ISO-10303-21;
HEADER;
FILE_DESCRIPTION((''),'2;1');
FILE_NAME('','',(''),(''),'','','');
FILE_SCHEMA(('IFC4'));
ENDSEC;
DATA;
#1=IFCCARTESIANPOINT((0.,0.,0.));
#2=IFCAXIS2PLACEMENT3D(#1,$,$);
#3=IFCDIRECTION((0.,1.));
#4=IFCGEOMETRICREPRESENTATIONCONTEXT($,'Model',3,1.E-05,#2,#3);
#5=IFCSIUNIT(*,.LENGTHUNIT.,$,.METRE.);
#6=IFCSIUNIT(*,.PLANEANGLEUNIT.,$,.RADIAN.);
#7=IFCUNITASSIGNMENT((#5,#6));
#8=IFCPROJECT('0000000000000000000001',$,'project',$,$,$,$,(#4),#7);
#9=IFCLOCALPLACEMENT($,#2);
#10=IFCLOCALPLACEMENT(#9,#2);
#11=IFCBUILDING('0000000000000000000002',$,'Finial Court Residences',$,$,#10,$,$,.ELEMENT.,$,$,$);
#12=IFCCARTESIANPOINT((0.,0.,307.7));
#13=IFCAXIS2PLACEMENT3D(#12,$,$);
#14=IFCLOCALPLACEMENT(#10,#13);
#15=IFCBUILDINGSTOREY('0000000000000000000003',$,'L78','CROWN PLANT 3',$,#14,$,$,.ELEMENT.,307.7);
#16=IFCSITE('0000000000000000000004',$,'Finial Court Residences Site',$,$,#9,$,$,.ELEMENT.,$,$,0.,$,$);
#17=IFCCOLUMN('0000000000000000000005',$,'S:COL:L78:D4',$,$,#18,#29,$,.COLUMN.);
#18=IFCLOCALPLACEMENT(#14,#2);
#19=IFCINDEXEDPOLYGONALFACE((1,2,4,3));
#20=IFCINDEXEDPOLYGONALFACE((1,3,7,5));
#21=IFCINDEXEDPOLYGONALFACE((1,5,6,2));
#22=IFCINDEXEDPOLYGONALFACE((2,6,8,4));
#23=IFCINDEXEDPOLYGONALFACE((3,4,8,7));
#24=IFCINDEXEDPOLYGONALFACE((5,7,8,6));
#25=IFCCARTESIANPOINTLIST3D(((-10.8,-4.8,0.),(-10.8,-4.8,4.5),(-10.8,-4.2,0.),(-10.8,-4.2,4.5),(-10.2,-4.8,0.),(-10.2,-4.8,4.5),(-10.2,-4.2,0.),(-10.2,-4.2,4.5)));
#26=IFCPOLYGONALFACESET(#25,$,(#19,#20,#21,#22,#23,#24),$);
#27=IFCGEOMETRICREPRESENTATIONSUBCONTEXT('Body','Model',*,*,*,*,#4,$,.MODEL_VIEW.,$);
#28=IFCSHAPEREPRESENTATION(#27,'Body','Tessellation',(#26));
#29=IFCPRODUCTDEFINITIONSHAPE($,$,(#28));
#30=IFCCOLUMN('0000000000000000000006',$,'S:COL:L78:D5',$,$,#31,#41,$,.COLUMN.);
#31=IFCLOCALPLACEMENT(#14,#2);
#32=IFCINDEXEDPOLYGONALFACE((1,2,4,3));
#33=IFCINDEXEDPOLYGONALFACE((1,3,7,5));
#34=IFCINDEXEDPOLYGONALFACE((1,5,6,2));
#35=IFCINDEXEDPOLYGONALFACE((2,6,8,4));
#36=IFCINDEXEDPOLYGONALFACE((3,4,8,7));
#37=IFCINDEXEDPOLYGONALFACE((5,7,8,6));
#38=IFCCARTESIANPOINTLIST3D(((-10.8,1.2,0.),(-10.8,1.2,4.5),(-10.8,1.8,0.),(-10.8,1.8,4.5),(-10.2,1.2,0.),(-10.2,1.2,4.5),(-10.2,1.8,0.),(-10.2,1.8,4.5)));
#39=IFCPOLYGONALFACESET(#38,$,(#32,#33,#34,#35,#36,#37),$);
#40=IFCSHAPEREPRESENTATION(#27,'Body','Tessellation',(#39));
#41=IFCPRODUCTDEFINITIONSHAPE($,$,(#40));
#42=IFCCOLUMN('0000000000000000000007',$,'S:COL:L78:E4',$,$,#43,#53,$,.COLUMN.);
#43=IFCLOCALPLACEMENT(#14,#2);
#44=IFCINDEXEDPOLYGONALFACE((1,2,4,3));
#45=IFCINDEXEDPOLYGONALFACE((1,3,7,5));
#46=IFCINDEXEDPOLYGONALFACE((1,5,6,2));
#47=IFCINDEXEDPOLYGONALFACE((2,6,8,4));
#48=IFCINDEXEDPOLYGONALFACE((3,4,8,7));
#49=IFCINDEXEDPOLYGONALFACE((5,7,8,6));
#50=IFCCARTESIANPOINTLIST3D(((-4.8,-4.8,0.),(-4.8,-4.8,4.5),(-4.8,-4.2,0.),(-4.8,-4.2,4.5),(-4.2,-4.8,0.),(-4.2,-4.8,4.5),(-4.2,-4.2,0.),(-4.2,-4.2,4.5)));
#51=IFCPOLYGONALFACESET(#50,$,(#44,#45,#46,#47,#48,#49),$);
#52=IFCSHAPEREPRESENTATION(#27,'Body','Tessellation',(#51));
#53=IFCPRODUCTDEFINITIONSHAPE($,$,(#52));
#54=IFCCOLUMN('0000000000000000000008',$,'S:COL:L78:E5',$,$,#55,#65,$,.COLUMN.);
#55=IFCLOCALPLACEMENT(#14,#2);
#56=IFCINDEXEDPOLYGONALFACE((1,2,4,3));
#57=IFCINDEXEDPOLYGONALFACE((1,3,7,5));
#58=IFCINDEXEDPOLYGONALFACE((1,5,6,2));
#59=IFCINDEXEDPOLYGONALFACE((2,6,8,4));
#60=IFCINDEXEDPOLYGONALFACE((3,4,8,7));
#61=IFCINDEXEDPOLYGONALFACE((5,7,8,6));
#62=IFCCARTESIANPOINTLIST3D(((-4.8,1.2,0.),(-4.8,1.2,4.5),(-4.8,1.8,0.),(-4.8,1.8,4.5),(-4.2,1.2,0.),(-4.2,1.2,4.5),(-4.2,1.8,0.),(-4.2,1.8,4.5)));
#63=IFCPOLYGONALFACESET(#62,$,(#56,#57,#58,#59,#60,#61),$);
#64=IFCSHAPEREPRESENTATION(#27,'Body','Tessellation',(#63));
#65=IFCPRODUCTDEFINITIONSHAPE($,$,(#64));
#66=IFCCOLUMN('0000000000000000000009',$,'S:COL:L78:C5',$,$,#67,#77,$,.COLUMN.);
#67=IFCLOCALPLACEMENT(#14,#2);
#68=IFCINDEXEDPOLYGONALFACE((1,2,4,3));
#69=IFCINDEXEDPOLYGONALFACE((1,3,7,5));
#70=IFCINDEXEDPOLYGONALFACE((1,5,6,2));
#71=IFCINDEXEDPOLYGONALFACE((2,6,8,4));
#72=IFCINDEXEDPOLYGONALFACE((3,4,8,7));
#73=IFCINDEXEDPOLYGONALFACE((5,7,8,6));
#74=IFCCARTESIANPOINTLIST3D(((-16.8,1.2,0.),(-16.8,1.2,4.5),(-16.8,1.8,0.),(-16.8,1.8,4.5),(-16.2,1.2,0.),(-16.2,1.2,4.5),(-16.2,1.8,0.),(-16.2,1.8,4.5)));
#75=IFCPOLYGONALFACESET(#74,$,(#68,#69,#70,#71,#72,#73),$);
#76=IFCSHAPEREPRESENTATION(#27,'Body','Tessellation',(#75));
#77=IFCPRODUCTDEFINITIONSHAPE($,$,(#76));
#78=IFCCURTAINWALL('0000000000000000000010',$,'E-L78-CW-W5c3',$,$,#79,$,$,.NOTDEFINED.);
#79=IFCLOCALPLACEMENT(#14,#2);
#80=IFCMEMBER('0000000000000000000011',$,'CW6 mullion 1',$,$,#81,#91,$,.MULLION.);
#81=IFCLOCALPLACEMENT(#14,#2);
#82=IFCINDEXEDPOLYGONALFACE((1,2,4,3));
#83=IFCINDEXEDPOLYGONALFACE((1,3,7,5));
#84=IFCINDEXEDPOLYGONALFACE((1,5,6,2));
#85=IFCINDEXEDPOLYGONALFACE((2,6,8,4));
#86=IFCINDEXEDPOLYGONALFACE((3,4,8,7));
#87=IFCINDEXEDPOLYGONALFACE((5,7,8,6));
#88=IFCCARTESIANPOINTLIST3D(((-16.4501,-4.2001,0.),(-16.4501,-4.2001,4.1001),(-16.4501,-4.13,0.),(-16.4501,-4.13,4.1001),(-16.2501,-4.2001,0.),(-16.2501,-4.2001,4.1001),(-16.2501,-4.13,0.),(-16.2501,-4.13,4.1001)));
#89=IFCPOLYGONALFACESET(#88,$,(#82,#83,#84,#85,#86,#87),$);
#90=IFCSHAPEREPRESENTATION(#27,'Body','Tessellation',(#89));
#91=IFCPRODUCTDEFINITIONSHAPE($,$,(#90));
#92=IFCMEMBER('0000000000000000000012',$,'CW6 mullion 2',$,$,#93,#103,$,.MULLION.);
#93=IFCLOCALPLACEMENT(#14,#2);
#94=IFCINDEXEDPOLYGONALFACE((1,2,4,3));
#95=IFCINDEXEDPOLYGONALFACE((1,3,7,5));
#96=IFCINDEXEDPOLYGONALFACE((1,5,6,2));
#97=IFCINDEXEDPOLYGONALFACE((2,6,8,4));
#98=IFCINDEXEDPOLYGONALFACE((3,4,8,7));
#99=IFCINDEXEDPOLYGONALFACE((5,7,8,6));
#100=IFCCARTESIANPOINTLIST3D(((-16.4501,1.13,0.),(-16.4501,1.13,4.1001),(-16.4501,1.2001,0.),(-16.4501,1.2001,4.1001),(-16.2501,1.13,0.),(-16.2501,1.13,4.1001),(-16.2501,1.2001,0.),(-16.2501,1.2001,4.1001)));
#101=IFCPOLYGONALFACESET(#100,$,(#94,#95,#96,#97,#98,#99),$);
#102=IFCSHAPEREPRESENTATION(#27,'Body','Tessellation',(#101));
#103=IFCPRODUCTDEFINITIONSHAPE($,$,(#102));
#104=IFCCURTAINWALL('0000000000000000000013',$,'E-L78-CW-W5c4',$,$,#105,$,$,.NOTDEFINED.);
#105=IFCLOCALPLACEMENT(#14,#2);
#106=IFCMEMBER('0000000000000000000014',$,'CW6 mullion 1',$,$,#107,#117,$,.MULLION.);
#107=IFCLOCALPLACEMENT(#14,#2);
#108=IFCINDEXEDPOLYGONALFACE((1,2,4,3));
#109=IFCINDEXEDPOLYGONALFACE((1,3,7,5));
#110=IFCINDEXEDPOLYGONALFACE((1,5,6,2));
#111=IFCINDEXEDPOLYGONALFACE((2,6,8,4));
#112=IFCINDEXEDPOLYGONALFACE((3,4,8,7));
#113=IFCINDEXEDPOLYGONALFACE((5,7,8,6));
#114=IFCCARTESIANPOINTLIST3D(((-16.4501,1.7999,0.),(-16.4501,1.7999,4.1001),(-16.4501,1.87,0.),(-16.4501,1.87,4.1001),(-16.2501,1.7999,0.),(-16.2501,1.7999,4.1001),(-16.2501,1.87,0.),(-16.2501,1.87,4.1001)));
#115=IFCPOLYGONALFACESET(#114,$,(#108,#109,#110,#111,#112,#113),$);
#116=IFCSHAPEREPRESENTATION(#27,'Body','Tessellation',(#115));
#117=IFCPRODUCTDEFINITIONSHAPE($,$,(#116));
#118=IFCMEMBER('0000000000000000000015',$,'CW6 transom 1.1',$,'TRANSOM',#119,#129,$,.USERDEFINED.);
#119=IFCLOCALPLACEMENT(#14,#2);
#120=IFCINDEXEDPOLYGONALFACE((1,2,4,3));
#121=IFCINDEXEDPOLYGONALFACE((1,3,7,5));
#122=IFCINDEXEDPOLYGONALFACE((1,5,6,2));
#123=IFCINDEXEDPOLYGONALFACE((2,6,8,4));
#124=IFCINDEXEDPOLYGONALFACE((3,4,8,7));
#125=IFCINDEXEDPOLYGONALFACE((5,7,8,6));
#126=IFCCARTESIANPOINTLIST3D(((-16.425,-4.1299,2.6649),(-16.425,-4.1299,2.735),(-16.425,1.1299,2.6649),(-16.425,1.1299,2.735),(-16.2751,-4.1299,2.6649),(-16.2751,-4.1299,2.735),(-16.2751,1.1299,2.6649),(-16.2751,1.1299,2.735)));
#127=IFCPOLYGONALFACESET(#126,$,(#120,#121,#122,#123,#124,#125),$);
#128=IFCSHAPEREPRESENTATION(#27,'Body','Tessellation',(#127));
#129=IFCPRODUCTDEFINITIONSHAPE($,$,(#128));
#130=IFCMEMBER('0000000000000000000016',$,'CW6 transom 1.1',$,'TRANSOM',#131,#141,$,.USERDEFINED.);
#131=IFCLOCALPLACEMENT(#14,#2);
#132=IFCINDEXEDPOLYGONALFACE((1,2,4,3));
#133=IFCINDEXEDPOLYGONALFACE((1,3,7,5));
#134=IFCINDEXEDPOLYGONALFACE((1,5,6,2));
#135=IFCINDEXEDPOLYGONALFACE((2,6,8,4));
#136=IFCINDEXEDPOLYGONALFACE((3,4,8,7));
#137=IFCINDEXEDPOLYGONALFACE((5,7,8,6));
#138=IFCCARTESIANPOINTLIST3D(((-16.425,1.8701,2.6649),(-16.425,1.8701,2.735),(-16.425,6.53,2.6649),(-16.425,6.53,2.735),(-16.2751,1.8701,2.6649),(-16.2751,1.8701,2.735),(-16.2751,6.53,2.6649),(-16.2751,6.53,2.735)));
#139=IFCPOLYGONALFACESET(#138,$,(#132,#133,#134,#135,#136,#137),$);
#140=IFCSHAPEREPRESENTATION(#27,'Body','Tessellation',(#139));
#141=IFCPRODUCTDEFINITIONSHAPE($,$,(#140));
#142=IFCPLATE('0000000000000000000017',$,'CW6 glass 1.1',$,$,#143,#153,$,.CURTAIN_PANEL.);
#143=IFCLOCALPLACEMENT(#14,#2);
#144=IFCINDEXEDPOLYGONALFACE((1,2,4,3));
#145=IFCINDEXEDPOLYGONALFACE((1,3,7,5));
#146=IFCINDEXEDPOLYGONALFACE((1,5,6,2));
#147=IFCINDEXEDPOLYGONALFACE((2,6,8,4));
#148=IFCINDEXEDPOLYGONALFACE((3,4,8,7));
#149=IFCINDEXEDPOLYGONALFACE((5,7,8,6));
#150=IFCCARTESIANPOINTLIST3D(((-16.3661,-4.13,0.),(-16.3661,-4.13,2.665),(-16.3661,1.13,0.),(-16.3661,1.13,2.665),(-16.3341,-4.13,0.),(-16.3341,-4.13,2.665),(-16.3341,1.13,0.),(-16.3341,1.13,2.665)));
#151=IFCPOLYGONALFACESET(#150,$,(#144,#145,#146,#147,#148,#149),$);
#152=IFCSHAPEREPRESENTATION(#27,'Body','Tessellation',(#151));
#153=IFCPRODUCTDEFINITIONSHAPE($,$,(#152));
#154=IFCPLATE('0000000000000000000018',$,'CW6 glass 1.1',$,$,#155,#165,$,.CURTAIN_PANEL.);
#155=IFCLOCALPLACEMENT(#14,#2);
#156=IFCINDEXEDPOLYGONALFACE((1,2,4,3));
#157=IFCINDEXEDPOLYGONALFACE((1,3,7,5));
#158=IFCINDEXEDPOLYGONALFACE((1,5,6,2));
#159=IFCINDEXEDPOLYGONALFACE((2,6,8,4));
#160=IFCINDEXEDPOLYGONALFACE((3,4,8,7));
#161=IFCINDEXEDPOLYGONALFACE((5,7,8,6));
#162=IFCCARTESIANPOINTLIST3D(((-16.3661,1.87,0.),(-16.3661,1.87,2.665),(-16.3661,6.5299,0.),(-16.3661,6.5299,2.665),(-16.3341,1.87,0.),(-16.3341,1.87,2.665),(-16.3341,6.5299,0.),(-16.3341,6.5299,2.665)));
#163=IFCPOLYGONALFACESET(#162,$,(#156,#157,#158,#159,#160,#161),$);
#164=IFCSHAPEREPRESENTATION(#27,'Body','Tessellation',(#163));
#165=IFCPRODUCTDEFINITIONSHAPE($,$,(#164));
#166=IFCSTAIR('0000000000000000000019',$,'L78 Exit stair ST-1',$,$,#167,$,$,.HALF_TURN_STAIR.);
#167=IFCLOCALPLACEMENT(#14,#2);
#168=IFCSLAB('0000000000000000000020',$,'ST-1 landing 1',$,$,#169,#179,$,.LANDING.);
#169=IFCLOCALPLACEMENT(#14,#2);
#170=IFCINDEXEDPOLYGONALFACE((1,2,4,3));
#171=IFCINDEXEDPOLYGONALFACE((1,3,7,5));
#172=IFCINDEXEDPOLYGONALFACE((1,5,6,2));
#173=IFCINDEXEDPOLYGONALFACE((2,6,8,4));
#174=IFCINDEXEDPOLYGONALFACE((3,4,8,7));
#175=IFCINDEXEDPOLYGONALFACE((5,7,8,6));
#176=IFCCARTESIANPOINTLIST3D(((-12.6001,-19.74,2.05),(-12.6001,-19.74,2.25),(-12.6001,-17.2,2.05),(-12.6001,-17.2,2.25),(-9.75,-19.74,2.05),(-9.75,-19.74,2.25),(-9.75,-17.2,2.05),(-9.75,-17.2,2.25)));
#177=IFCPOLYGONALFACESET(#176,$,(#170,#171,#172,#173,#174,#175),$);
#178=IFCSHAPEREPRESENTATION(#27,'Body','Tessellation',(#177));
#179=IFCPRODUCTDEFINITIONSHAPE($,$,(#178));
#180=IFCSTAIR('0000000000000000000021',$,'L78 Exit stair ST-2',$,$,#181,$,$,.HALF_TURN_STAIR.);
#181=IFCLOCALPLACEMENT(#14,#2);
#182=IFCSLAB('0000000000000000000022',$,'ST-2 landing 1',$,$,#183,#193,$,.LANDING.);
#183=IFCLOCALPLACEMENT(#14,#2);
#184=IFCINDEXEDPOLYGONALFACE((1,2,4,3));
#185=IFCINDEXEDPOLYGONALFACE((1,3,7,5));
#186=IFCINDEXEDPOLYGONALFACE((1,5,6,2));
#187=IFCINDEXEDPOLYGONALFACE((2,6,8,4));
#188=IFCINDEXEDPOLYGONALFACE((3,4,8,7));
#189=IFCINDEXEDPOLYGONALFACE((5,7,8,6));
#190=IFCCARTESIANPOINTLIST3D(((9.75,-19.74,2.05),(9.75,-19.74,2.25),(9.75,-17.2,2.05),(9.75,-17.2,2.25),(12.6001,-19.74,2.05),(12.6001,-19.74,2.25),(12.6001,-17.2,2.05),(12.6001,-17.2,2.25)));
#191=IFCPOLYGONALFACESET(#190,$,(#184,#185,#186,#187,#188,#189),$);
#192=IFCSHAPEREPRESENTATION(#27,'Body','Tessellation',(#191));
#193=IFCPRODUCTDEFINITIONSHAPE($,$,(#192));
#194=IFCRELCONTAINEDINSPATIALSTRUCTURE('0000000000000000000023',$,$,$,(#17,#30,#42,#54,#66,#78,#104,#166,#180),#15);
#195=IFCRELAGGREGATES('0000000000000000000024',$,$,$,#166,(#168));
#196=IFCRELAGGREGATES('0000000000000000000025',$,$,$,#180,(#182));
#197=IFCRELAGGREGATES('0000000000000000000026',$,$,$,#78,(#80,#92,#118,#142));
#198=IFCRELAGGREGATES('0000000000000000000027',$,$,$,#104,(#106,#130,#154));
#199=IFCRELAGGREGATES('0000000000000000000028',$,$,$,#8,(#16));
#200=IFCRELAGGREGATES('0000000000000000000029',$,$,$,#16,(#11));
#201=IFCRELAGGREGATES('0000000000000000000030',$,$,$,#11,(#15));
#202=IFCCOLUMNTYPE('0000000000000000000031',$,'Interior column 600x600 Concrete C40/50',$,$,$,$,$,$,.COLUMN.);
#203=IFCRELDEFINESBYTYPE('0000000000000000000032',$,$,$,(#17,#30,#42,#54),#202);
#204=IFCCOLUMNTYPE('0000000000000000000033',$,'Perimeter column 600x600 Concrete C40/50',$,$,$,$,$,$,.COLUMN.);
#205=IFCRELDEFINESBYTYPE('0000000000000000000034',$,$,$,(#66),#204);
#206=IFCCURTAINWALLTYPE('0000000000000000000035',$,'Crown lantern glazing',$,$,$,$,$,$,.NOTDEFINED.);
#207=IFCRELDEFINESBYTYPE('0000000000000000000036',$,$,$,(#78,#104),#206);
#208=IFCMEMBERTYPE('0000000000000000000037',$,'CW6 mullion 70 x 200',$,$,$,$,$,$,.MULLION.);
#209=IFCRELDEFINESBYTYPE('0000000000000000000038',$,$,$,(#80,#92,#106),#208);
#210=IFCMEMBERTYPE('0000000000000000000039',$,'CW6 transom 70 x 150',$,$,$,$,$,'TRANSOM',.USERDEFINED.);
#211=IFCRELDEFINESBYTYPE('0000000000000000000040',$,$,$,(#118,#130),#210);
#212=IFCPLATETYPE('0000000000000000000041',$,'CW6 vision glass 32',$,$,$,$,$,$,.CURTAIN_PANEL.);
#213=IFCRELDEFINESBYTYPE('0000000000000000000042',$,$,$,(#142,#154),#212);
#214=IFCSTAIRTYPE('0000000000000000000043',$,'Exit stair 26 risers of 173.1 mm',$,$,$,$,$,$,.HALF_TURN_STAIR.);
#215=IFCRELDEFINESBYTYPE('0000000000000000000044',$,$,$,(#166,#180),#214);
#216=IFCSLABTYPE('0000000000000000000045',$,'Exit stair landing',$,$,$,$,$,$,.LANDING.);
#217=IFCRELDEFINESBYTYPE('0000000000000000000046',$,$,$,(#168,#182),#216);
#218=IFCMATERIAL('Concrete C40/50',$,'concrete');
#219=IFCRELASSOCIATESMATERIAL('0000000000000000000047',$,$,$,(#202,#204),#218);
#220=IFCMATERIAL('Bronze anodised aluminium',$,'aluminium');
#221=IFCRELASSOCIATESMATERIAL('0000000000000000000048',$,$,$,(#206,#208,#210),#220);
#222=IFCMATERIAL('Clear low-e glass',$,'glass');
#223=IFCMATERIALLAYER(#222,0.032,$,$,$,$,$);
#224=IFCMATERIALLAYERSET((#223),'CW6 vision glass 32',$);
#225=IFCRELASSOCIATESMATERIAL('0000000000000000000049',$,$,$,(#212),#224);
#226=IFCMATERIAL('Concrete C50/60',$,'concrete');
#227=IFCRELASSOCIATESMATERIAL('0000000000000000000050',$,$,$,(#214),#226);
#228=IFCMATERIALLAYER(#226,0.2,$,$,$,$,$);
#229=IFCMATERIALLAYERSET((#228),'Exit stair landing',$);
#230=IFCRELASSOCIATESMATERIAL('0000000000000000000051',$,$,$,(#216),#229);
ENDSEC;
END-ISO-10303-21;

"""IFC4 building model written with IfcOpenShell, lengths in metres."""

from ifc_helpers import new_model, si_unit, direction, frame, origin, origin_2d, place, context, subcontext, project, spatial, polyline, rectangle, outline, extrude, material, layer, layer_set, material_profile, profile_set, type_object, element, aggregate, save


model = new_model("IFC4")

# Units and contexts
model_context = context("Model", 3, precision=1e-05, world=origin(), true_north=direction((0.0, 1.0)))
body_context = subcontext(model_context, "Body", "Model", "MODEL_VIEW")
ifc_project = project(units=[si_unit("LENGTHUNIT", "METRE"), si_unit("PLANEANGLEUNIT", "RADIAN")], contexts=[model_context])

# Site, building, storey
site_placement = place(None, origin())
site = spatial("IfcSite", under=ifc_project, at=site_placement, Name="Finial Court Residences Site", CompositionType="ELEMENT", RefElevation=0.0)
building_placement = place(site_placement, origin())
building = spatial("IfcBuilding", under=site, at=building_placement, Name="Finial Court Residences", CompositionType="ELEMENT")
storey_placement = place(building_placement, frame((0.0, 0.0, 307.7)))
storey = spatial("IfcBuildingStorey", under=building, at=storey_placement, Name="L78", Description="CROWN PLANT 3", CompositionType="ELEMENT", Elevation=307.7)

# Columns
ifc_material_1 = material(Name="Concrete C40/50", Category="concrete")
ifc_material_profile_1 = material_profile(ifc_material_1, rectangle(XDim=0.6001, YDim=0.6001, at=origin_2d()), Name="600x600")
ifc_profile_set_1 = profile_set([ifc_material_profile_1], Name="Concrete C40/50")
column_type_1 = type_object("IfcColumnType", Name="Interior column 600x600 Concrete C40/50", PredefinedType="COLUMN", material=ifc_profile_set_1)
for number, where, z_axis, x_axis, name in (
    (1, (-10.5, -4.5, 0.0), (0.0, 0.0, 1.0), (1.0, 0.0, 0.0), "S:COL:L78:D4"),
    (2, (-10.5, 1.5, 0.0), (0.0, 0.0, 1.0), (1.0, 0.0, 0.0), "S:COL:L78:D5"),
    (3, (-4.5, -4.5, 0.0), (0.0, 0.0, 1.0), (1.0, 0.0, 0.0), "S:COL:L78:E4"),
    (4, (-4.5, 1.5, 0.0), (0.0, 0.0, 1.0), (1.0, 0.0, 0.0), "S:COL:L78:E5"),
):
    element("IfcColumn", number, at=place(storey_placement, frame(where, z_axis=z_axis, x_axis=x_axis)), inside=storey, type_object=column_type_1, Name=name, PredefinedType="COLUMN", context=body_context, shape_type="SweptSolid", body=[
        extrude(rectangle(XDim=0.6001, YDim=0.6001, at=origin_2d()), origin(), (0.0, 0.0, 1.0), 4.5),
    ])
ifc_material_profile_2 = material_profile(ifc_material_1, rectangle(XDim=0.6001, YDim=0.6001, at=origin_2d()), Name="600x600")
ifc_profile_set_2 = profile_set([ifc_material_profile_2], Name="Concrete C40/50")
column_type_2 = type_object("IfcColumnType", Name="Perimeter column 600x600 Concrete C40/50", PredefinedType="COLUMN", material=ifc_profile_set_2)
column_placement = place(storey_placement, frame((-16.5, 1.5, 0.0), z_axis=(0.0, 0.0, 1.0), x_axis=(1.0, 0.0, 0.0)))
element("IfcColumn", 5, at=column_placement, inside=storey, type_object=column_type_2, Name="S:COL:L78:C5", PredefinedType="COLUMN", context=body_context, shape_type="SweptSolid", body=[
    extrude(rectangle(XDim=0.6001, YDim=0.6001, at=origin_2d()), origin(), (0.0, 0.0, 1.0), 4.5),
])

# Curtain wall, members
ifc_material_2 = material(Name="Bronze anodised aluminium", Category="aluminium")
curtain_wall_type = type_object("IfcCurtainWallType", Name="Crown lantern glazing", PredefinedType="NOTDEFINED", material=ifc_material_2)
curtain_wall_1_placement = place(storey_placement, origin())
curtain_wall_1 = element("IfcCurtainWall", 6, at=curtain_wall_1_placement, inside=storey, type_object=curtain_wall_type, Name="E-L78-CW-W5c3", PredefinedType="NOTDEFINED")
ifc_material_profile_3 = material_profile(ifc_material_2, rectangle(XDim=0.2, YDim=0.0701, at=origin_2d()), Name="CW6 mullion 70 x 200")
ifc_profile_set_3 = profile_set([ifc_material_profile_3], Name="Bronze anodised aluminium")
member_type_1 = type_object("IfcMemberType", Name="CW6 mullion 70 x 200", PredefinedType="MULLION", material=ifc_profile_set_3)
member_1_placement = place(storey_placement, frame((-16.3501, -4.165, 0.0), z_axis=(0.0, 0.0, 1.0), x_axis=(-1.0, 0.0, 0.0)))
member_1 = element("IfcMember", 7, at=member_1_placement, type_object=member_type_1, Name="CW6 mullion 1", PredefinedType="MULLION", context=body_context, shape_type="SweptSolid", body=[
    extrude(rectangle(XDim=0.2, YDim=0.0701, at=origin_2d()), origin(), (0.0, 0.0, 1.0), 4.1001),
])
member_2_placement = place(storey_placement, frame((-16.3501, 1.165, 0.0), z_axis=(0.0, 0.0, 1.0), x_axis=(-1.0, 0.0, 0.0)))
member_2 = element("IfcMember", 8, at=member_2_placement, type_object=member_type_1, Name="CW6 mullion 2", PredefinedType="MULLION", context=body_context, shape_type="SweptSolid", body=[
    extrude(rectangle(XDim=0.2, YDim=0.0701, at=origin_2d()), origin(), (0.0, 0.0, 1.0), 4.1001),
])

# Curtain wall, member
curtain_wall_2_placement = place(storey_placement, origin())
curtain_wall_2 = element("IfcCurtainWall", 9, at=curtain_wall_2_placement, inside=storey, type_object=curtain_wall_type, Name="E-L78-CW-W5c4", PredefinedType="NOTDEFINED")
member_3_placement = place(storey_placement, frame((-16.3501, 1.835, 0.0), z_axis=(0.0, 0.0, 1.0), x_axis=(-1.0, 0.0, 0.0)))
member_3 = element("IfcMember", 10, at=member_3_placement, type_object=member_type_1, Name="CW6 mullion 1", PredefinedType="MULLION", context=body_context, shape_type="SweptSolid", body=[
    extrude(rectangle(XDim=0.2, YDim=0.0701, at=origin_2d()), origin(), (0.0, 0.0, 1.0), 4.1001),
])

# Members
ifc_material_profile_4 = material_profile(ifc_material_2, rectangle(XDim=0.1499, YDim=0.0701, at=origin_2d()), Name="CW6 transom 70 x 150")
ifc_profile_set_4 = profile_set([ifc_material_profile_4], Name="Bronze anodised aluminium")
member_type_2 = type_object("IfcMemberType", Name="CW6 transom 70 x 150", ElementType="TRANSOM", PredefinedType="USERDEFINED", material=ifc_profile_set_4)
member_4_placement = place(storey_placement, frame((-16.3501, -4.1299, 2.7), z_axis=(0.0, 1.0, 0.0), x_axis=(-1.0, 0.0, 0.0)))
member_4 = element("IfcMember", 11, at=member_4_placement, type_object=member_type_2, Name="CW6 transom 1.1", ObjectType="TRANSOM", PredefinedType="USERDEFINED", context=body_context, shape_type="SweptSolid", body=[
    extrude(rectangle(XDim=0.1499, YDim=0.0701, at=origin_2d()), origin(), (0.0, 0.0, 1.0), 5.2598),
])
member_5_placement = place(storey_placement, frame((-16.3501, 1.8701, 2.7), z_axis=(0.0, 1.0, 0.0), x_axis=(-1.0, 0.0, 0.0)))
member_5 = element("IfcMember", 12, at=member_5_placement, type_object=member_type_2, Name="CW6 transom 1.1", ObjectType="TRANSOM", PredefinedType="USERDEFINED", context=body_context, shape_type="SweptSolid", body=[
    extrude(rectangle(XDim=0.1499, YDim=0.0701, at=origin_2d()), origin(), (0.0, 0.0, 1.0), 4.6599),
])

# Plates
ifc_material_3 = material(Name="Clear low-e glass", Category="glass")
ifc_layer_1 = layer(ifc_material_3, 0.032)
ifc_layer_set_1 = layer_set([ifc_layer_1], Name="CW6 vision glass 32")
plate_type = type_object("IfcPlateType", Name="CW6 vision glass 32", PredefinedType="CURTAIN_PANEL", material=ifc_layer_set_1)
plate_1_placement = place(storey_placement, frame((-16.3501, -1.5, 0.0), z_axis=(0.0, 0.0, 1.0), x_axis=(0.0, 1.0, 0.0)))
plate_1 = element("IfcPlate", 13, at=plate_1_placement, type_object=plate_type, Name="CW6 glass 1.1", PredefinedType="CURTAIN_PANEL", context=body_context, shape_type="SweptSolid", body=[
    extrude(rectangle(XDim=5.26, YDim=0.032, at=origin_2d()), origin(), (0.0, 0.0, 1.0), 2.665),
])
plate_2_placement = place(storey_placement, frame((-16.3501, 4.2, 0.0), z_axis=(0.0, 0.0, 1.0), x_axis=(0.0, 1.0, 0.0)))
plate_2 = element("IfcPlate", 14, at=plate_2_placement, type_object=plate_type, Name="CW6 glass 1.1", PredefinedType="CURTAIN_PANEL", context=body_context, shape_type="SweptSolid", body=[
    extrude(rectangle(XDim=4.6599, YDim=0.032, at=origin_2d()), origin(), (0.0, 0.0, 1.0), 2.665),
])

# Stairs, slabs
ifc_material_4 = material(Name="Concrete C50/60", Category="concrete")
stair_type = type_object("IfcStairType", Name="Exit stair 26 risers of 173.1 mm", PredefinedType="HALF_TURN_STAIR", material=ifc_material_4)
stair_1_placement = place(storey_placement, origin())
stair_1 = element("IfcStair", 15, at=stair_1_placement, inside=storey, type_object=stair_type, Name="L78 Exit stair ST-1", PredefinedType="HALF_TURN_STAIR")
ifc_layer_2 = layer(ifc_material_4, 0.2)
ifc_layer_set_2 = layer_set([ifc_layer_2], Name="Exit stair landing")
slab_type_1 = type_object("IfcSlabType", Name="Exit stair landing", PredefinedType="LANDING", material=ifc_layer_set_2)
slab_1_placement = place(storey_placement, frame((0.0, 0.0, 2.05)))
slab_1 = element("IfcSlab", 16, at=slab_1_placement, type_object=slab_type_1, Name="ST-1 landing 1", PredefinedType="LANDING", context=body_context, shape_type="SweptSolid", body=[
    extrude(outline(polyline([(-9.75, -19.74), (-9.75, -17.2), (-12.6001, -17.2), (-12.6001, -19.74), (-9.75, -19.74)])), origin(), (0.0, 0.0, 1.0), 0.2),
])
aggregate(stair_1, [slab_1])
stair_2_placement = place(storey_placement, origin())
stair_2 = element("IfcStair", 17, at=stair_2_placement, inside=storey, type_object=stair_type, Name="L78 Exit stair ST-2", PredefinedType="HALF_TURN_STAIR")
slab_2_placement = place(storey_placement, frame((0.0, 0.0, 2.05)))
slab_2 = element("IfcSlab", 18, at=slab_2_placement, type_object=slab_type_1, Name="ST-2 landing 1", PredefinedType="LANDING", context=body_context, shape_type="SweptSolid", body=[
    extrude(outline(polyline([(12.6001, -19.74), (12.6001, -17.2), (9.75, -17.2), (9.75, -19.74), (12.6001, -19.74)])), origin(), (0.0, 0.0, 1.0), 0.2),
])
aggregate(stair_2, [slab_2])

aggregate(curtain_wall_1, [member_1, member_2, member_4, plate_1])
aggregate(curtain_wall_2, [member_3, member_5, plate_2])

save(model, "model.ifc")
